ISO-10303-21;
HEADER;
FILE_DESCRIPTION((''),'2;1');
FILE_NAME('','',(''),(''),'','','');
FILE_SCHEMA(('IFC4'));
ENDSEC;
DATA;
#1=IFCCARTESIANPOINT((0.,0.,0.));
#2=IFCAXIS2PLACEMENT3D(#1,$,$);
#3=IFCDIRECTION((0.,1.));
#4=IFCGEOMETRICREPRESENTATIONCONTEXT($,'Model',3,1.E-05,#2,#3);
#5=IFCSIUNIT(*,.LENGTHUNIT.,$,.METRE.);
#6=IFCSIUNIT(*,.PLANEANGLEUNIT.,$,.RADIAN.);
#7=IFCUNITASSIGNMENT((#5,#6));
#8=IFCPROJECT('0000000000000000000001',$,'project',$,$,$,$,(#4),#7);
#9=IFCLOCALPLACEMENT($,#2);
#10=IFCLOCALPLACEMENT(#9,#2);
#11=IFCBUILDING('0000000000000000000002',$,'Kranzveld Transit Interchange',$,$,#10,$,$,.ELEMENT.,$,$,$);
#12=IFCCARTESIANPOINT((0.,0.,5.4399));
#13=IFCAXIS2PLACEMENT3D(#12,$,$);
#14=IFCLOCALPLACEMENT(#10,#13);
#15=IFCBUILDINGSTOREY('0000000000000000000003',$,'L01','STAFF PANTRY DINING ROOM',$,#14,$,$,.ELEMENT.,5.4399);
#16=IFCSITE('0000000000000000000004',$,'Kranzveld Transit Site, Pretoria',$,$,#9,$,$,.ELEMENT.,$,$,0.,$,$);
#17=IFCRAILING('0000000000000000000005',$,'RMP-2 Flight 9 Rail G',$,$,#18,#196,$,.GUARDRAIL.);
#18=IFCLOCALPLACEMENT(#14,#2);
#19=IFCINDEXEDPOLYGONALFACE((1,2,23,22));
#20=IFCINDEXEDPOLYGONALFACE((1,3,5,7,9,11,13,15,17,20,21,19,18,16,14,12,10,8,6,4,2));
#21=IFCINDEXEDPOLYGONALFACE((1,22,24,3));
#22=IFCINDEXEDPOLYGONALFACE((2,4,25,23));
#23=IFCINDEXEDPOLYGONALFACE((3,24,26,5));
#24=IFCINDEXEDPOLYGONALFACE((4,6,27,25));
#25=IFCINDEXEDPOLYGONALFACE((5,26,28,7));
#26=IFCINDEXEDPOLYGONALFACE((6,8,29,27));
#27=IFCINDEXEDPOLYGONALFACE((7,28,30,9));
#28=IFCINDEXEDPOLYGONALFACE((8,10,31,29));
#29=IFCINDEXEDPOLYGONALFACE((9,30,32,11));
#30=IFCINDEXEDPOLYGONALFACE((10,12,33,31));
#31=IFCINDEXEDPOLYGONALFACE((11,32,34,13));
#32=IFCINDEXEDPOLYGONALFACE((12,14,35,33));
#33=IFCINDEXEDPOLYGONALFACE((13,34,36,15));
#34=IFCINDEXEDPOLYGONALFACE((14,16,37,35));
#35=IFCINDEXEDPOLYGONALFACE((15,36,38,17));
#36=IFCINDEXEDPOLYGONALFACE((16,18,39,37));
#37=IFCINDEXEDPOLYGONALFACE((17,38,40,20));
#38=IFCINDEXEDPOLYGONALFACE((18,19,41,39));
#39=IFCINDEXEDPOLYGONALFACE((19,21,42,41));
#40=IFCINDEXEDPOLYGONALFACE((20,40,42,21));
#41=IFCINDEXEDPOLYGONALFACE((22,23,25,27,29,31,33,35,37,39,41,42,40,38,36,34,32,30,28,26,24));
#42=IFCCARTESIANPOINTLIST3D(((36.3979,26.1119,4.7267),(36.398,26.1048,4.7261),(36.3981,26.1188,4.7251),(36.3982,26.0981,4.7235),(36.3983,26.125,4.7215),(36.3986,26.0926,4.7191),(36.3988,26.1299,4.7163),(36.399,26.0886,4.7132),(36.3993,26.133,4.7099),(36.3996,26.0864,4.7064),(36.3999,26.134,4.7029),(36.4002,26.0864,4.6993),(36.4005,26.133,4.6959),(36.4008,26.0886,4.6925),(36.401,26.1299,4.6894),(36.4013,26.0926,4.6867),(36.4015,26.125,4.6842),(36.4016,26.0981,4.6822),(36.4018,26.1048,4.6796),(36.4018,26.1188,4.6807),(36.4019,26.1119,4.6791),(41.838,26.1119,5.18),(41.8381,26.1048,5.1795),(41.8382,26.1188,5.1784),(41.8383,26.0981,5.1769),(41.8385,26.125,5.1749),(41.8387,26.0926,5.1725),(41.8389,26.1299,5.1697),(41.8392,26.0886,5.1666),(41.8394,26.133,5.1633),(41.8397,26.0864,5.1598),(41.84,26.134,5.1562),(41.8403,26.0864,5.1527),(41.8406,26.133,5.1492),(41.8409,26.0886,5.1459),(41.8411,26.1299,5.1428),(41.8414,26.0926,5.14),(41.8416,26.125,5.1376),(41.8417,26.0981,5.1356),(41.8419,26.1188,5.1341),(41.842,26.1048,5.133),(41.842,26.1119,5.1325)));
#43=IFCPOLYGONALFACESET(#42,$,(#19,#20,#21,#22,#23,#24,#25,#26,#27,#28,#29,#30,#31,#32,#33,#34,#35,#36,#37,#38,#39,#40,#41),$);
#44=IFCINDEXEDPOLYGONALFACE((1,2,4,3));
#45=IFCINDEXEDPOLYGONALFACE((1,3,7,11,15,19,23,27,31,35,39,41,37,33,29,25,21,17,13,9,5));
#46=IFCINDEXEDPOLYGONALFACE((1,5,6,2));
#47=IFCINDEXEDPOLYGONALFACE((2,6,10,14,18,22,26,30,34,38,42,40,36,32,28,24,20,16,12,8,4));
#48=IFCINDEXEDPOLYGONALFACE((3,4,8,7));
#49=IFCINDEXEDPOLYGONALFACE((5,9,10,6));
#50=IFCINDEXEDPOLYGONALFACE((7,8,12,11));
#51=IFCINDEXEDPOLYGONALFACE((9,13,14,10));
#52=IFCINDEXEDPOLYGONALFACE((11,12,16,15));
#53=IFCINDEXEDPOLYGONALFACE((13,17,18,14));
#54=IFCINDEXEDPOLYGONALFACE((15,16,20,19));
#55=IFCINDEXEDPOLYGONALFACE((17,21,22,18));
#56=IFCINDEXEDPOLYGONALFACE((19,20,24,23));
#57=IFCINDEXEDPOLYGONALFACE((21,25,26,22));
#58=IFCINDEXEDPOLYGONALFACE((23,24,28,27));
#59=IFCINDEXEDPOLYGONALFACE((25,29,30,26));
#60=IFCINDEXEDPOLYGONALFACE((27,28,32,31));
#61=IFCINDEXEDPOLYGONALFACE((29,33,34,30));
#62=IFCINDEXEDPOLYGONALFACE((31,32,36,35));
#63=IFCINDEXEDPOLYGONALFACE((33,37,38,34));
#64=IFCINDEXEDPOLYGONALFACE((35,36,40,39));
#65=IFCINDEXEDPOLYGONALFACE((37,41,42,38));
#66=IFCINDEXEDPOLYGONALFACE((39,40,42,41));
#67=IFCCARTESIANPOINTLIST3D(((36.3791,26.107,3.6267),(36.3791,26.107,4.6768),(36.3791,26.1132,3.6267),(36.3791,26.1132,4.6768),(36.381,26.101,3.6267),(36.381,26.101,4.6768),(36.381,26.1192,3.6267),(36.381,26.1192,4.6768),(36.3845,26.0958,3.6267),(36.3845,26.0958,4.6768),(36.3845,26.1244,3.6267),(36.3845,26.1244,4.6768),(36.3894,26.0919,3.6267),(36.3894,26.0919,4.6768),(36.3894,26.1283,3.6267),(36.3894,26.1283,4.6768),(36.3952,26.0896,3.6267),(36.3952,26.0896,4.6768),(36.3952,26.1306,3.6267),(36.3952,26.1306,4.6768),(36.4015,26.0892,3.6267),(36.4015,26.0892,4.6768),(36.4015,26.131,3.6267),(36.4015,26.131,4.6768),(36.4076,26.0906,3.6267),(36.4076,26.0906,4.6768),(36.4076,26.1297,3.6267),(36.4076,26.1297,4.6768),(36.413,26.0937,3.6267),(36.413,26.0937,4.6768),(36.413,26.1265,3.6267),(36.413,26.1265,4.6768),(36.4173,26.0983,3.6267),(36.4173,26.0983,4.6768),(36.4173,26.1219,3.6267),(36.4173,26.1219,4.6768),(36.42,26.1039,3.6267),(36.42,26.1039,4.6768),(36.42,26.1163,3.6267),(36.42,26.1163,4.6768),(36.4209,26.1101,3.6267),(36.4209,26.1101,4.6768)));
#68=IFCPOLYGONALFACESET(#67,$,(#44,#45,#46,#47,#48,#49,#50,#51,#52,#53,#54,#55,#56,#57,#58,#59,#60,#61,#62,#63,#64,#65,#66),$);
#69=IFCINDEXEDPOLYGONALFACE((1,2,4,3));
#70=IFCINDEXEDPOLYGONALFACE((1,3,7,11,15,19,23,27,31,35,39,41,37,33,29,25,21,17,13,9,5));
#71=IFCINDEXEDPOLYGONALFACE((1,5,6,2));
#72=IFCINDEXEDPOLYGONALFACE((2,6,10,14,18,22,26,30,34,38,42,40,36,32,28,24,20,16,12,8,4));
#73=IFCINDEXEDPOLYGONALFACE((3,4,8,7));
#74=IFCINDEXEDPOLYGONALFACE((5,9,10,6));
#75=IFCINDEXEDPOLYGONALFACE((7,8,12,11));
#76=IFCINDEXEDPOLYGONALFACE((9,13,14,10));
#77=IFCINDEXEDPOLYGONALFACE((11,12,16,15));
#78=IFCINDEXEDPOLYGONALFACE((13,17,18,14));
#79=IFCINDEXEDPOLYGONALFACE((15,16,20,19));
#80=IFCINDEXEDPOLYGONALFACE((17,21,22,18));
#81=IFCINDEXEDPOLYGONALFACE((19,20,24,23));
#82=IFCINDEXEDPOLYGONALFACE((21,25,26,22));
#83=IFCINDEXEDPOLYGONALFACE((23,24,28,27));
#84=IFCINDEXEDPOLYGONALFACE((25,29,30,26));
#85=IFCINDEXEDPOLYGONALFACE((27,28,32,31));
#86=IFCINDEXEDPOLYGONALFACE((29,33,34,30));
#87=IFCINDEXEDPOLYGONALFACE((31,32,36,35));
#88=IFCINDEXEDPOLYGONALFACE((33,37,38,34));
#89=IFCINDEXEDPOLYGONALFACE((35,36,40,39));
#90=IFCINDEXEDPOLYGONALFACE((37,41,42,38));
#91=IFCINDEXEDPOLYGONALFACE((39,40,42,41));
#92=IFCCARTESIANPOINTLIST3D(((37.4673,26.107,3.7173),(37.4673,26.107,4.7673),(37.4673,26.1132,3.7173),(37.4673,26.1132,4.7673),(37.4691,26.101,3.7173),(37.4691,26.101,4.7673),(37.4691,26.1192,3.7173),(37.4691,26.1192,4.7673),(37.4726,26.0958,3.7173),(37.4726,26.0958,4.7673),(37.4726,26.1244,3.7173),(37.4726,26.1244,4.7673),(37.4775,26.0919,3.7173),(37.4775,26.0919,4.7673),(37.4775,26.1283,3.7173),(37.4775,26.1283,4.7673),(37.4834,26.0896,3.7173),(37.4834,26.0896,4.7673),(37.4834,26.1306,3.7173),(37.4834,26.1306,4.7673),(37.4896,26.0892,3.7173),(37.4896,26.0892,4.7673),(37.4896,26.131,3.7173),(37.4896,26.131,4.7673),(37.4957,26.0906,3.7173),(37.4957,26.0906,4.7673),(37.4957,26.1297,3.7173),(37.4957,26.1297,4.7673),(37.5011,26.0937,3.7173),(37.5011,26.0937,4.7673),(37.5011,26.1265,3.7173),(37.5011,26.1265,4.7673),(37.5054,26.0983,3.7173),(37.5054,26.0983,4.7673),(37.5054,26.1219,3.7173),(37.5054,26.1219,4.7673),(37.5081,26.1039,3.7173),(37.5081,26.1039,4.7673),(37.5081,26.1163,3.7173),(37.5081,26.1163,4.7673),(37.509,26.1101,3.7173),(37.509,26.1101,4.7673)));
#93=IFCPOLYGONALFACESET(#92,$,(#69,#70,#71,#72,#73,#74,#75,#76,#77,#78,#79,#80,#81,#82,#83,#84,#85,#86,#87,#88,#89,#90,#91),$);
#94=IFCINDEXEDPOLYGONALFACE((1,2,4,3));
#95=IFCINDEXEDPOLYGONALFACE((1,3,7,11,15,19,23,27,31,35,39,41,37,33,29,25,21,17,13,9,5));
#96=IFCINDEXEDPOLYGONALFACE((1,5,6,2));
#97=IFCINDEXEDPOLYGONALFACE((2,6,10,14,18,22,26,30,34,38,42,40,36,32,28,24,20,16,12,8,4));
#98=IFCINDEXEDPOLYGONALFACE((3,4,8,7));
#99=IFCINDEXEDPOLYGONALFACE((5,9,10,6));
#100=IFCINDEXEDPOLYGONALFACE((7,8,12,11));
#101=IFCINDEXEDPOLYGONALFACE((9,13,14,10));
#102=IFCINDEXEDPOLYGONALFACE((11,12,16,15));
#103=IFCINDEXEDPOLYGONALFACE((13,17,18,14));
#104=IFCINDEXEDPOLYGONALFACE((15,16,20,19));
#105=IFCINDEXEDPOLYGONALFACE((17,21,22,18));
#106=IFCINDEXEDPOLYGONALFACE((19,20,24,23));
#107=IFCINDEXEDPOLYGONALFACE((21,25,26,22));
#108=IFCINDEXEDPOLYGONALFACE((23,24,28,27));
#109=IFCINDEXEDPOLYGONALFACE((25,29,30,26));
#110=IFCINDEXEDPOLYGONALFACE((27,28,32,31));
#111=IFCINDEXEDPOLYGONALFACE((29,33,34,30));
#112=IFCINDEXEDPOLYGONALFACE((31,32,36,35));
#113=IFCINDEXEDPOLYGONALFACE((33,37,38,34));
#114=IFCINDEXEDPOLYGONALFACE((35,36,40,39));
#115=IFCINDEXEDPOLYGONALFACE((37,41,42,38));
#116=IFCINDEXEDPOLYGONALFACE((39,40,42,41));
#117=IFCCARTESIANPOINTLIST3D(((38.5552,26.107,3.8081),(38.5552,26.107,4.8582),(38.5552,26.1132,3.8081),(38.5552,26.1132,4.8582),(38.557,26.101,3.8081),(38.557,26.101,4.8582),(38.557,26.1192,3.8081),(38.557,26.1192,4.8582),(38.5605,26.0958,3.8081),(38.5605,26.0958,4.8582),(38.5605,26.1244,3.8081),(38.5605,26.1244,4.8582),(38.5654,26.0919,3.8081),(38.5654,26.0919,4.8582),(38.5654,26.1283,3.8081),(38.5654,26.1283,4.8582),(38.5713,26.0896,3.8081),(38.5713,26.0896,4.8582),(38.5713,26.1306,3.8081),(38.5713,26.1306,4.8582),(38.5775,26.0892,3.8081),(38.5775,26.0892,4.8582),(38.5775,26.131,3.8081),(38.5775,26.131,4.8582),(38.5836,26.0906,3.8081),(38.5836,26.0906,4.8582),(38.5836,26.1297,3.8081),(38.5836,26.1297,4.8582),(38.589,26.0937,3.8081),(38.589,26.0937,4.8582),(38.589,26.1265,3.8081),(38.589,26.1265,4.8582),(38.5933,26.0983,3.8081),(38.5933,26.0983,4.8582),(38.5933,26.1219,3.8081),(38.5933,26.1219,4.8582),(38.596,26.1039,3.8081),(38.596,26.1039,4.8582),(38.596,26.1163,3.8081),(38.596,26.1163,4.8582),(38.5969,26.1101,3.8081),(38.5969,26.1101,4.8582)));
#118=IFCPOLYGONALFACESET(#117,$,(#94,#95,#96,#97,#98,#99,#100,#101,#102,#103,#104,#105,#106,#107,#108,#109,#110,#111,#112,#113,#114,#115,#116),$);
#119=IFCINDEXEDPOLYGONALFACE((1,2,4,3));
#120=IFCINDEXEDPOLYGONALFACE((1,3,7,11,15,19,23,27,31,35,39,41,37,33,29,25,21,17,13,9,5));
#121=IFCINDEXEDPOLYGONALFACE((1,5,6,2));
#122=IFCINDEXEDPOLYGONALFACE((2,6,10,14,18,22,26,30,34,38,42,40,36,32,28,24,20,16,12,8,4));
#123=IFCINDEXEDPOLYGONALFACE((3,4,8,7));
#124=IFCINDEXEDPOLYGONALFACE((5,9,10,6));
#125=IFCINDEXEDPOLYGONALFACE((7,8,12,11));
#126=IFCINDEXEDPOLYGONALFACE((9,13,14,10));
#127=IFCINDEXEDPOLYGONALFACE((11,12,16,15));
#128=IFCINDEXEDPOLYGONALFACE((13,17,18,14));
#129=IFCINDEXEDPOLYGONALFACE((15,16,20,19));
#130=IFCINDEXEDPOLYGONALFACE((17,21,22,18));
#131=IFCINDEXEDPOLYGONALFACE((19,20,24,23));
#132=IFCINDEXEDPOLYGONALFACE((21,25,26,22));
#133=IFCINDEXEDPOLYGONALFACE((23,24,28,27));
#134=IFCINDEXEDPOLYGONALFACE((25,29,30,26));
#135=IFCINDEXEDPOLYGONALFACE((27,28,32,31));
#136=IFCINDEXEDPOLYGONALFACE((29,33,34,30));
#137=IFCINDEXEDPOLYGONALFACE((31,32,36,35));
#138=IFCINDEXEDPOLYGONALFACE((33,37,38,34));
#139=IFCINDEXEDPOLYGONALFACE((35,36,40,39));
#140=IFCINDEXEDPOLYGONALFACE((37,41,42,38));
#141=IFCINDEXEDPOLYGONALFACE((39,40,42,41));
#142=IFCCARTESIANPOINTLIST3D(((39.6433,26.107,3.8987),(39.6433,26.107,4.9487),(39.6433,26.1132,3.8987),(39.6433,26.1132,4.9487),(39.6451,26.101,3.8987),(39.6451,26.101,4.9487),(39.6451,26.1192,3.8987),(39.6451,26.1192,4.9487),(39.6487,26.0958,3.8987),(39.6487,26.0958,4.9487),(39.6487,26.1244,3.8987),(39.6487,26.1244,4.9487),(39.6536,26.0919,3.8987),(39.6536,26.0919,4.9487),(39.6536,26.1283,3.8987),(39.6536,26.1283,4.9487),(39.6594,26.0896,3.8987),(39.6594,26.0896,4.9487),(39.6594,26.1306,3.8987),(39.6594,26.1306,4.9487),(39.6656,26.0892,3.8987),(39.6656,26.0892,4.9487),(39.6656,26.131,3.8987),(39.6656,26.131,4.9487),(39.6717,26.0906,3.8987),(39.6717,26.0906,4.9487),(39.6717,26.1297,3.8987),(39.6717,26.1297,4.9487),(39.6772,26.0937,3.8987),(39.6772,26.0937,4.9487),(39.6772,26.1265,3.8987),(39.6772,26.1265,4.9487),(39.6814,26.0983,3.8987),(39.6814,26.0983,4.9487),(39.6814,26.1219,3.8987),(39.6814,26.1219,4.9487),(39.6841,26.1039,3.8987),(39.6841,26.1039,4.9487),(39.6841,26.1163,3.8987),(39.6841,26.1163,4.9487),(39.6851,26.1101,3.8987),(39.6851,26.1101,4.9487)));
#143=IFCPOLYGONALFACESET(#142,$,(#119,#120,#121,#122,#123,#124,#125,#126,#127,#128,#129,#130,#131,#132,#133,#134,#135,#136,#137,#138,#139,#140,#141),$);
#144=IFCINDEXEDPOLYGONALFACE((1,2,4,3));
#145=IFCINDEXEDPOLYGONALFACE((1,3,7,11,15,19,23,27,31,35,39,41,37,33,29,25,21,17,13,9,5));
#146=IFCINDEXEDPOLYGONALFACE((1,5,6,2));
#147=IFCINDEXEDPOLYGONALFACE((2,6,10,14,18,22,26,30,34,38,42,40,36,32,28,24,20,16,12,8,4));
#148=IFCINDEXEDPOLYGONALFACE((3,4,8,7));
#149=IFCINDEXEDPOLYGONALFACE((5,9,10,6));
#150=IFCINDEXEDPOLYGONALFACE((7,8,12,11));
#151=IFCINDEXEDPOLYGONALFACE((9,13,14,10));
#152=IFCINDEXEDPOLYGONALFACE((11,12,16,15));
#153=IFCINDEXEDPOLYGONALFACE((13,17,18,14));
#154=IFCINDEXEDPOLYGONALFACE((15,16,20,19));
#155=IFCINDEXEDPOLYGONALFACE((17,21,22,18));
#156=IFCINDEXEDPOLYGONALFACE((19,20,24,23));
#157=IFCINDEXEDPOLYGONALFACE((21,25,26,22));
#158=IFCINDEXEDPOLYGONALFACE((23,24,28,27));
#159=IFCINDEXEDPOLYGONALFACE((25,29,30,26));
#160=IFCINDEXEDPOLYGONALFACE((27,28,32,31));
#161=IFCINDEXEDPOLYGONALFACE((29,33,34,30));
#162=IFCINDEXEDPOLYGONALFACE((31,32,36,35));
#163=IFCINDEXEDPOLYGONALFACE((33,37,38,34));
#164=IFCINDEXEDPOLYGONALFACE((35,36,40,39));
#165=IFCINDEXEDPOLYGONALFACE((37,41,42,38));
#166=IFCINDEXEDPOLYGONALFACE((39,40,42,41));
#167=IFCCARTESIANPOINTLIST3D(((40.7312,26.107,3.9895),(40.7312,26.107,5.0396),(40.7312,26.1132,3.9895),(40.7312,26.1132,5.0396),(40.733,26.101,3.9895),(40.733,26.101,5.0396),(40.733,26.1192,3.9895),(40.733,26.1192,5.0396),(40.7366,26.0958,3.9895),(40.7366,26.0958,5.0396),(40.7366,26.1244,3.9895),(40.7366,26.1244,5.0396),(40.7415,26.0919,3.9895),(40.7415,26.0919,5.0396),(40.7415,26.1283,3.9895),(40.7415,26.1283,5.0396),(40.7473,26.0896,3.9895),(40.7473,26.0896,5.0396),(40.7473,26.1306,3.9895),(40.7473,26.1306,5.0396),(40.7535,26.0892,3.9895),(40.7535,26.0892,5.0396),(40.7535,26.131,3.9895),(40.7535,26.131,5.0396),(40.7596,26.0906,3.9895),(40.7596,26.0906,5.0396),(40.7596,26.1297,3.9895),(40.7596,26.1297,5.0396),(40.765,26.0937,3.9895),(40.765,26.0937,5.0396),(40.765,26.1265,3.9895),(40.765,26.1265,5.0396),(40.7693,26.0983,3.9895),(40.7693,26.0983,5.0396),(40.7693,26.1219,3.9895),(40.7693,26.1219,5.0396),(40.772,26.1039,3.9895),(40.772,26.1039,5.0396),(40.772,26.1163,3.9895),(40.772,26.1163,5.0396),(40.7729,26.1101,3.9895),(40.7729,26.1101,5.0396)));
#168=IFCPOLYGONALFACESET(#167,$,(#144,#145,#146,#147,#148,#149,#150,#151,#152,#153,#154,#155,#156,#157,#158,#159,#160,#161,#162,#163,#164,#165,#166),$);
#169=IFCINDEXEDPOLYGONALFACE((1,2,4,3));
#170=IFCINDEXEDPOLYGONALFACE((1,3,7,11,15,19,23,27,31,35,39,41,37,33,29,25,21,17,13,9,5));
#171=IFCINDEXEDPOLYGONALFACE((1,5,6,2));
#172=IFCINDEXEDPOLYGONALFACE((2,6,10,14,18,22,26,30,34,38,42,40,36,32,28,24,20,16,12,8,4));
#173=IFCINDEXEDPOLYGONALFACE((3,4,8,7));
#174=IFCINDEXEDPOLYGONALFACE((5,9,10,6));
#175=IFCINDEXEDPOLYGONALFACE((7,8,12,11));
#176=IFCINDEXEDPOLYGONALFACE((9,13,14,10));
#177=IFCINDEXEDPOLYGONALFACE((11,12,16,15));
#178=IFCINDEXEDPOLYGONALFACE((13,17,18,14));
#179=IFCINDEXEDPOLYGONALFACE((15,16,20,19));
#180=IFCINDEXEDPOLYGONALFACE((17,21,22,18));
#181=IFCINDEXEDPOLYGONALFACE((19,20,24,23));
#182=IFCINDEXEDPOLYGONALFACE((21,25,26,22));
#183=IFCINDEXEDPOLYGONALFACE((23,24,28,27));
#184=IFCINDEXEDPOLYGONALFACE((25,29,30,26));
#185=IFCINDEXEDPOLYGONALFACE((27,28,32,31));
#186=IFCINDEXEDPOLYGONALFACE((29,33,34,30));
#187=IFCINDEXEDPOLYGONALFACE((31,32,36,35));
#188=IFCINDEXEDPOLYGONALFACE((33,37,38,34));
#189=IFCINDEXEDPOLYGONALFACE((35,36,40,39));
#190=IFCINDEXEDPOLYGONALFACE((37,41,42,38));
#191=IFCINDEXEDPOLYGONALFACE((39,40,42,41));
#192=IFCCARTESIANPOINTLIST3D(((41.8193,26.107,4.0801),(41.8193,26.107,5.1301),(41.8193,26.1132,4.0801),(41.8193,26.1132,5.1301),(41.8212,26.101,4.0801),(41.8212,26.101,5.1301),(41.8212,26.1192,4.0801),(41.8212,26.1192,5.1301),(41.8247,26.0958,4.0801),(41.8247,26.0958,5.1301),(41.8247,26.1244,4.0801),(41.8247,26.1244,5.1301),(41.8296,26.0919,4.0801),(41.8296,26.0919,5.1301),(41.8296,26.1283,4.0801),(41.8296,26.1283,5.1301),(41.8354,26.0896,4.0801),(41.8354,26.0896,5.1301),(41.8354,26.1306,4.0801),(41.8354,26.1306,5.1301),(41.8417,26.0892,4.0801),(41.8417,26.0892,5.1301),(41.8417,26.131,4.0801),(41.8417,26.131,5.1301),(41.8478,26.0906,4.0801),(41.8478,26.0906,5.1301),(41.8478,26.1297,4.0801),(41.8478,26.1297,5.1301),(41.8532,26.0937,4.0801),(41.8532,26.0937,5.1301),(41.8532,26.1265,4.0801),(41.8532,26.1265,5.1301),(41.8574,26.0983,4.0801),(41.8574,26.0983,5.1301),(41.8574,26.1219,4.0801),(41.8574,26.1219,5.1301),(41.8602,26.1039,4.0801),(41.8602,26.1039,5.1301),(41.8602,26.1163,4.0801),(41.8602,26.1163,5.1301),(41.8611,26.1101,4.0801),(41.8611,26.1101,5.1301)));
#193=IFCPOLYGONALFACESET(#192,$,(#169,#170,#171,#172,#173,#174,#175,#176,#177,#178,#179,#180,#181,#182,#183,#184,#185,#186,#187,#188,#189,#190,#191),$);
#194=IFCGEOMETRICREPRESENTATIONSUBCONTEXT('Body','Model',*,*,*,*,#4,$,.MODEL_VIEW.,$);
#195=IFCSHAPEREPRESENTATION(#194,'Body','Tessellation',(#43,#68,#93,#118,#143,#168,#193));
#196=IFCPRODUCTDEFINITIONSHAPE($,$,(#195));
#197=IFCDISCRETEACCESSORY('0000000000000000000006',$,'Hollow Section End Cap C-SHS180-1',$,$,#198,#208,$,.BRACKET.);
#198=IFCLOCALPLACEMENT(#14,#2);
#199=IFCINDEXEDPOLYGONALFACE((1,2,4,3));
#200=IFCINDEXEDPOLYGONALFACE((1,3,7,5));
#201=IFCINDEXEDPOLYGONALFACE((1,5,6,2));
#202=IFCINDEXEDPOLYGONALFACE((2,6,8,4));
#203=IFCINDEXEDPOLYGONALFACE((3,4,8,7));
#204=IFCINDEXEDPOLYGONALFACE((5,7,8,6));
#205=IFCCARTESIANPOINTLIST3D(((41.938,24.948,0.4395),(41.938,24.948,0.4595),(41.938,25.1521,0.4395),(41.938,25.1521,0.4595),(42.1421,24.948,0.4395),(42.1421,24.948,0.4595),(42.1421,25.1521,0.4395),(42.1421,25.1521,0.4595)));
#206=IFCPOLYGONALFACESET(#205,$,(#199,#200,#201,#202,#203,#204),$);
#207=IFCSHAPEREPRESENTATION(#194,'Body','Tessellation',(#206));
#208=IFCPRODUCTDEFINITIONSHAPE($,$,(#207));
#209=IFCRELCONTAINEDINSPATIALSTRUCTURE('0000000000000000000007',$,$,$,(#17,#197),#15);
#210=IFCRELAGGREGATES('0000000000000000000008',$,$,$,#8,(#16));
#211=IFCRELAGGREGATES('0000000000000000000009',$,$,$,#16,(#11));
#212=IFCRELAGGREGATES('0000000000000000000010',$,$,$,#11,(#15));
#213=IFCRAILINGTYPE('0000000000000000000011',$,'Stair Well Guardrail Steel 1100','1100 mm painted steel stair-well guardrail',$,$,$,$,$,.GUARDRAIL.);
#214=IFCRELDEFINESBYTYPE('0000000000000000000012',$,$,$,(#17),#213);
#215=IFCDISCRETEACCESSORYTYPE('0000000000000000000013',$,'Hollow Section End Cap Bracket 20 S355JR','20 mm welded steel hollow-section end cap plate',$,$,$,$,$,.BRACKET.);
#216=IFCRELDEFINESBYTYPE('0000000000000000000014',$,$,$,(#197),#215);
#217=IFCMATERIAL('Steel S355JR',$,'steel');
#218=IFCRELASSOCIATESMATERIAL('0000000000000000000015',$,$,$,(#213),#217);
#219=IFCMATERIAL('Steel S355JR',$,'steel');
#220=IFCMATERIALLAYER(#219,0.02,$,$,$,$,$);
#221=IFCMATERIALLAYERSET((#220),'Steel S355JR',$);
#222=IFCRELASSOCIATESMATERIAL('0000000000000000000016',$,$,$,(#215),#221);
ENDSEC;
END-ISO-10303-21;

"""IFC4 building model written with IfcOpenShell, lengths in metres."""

from ifc_helpers import new_model, si_unit, direction, frame, origin, origin_2d, place, context, subcontext, project, spatial, rectangle, circle, extrude, material, layer, layer_set, type_object, element, save


model = new_model("IFC4")

# Units and contexts
model_context = context("Model", 3, precision=1e-05, world=origin(), true_north=direction((0.0, 1.0)))
body_context = subcontext(model_context, "Body", "Model", "MODEL_VIEW")
ifc_project = project(units=[si_unit("LENGTHUNIT", "METRE"), si_unit("PLANEANGLEUNIT", "RADIAN")], contexts=[model_context])

# Site, building, storey
site_placement = place(None, origin())
site = spatial("IfcSite", under=ifc_project, at=site_placement, Name="Kranzveld Transit Site, Pretoria", CompositionType="ELEMENT", RefElevation=0.0)
building_placement = place(site_placement, origin())
building = spatial("IfcBuilding", under=site, at=building_placement, Name="Kranzveld Transit Interchange", CompositionType="ELEMENT")
storey_placement = place(building_placement, frame((0.0, 0.0, 5.4399)))
storey = spatial("IfcBuildingStorey", under=building, at=storey_placement, Name="L01", Description="STAFF PANTRY DINING ROOM", CompositionType="ELEMENT", Elevation=5.4399)

# Railing
ifc_material_1 = material(Name="Steel S355JR", Category="steel")
railing_type_1 = type_object("IfcRailingType", Name="Stair Well Guardrail Steel 1100", Description="1100 mm painted steel stair-well guardrail", PredefinedType="GUARDRAIL", material=ifc_material_1)
for number, where, name in (
    (1, (36.3999, 26.1101, 3.6267), "RMP-2 Flight 9 Rail G"),
):
    element("IfcRailing", number, at=place(storey_placement, frame(where)), inside=storey, type_object=railing_type_1, Name=name, PredefinedType="GUARDRAIL", context=body_context, shape_type="SweptSolid", body=[
        extrude(circle(Radius=0.0239, at=origin_2d()), frame((0.0, 0.0, 1.0762), z_axis=(0.996545, 0.0, 0.083049), x_axis=(0.0, 1.0, 0.0)), (0.0, 0.0, 1.0), 5.459),
        extrude(circle(Radius=0.021, at=origin_2d()), origin(), (0.0, 0.0, 1.0), 1.05),
        extrude(circle(Radius=0.021, at=origin_2d()), frame((1.0881, 0.0, 0.0906)), (0.0, 0.0, 1.0), 1.05),
        extrude(circle(Radius=0.021, at=origin_2d()), frame((2.176, 0.0, 0.1814)), (0.0, 0.0, 1.0), 1.05),
        extrude(circle(Radius=0.021, at=origin_2d()), frame((3.2642, 0.0, 0.272)), (0.0, 0.0, 1.0), 1.05),
        extrude(circle(Radius=0.021, at=origin_2d()), frame((4.3521, 0.0, 0.3628)), (0.0, 0.0, 1.0), 1.05),
        extrude(circle(Radius=0.021, at=origin_2d()), frame((5.4402, 0.0, 0.4534)), (0.0, 0.0, 1.0), 1.05),
    ])

# Discrete accessory
ifc_material_2 = material(Name="Steel S355JR", Category="steel")
ifc_layer_1 = layer(ifc_material_2, 0.02)
ifc_layer_set_1 = layer_set([ifc_layer_1], Name="Steel S355JR")
discrete_accessory_type = type_object("IfcDiscreteAccessoryType", Name="Hollow Section End Cap Bracket 20 S355JR", Description="20 mm welded steel hollow-section end cap plate", PredefinedType="BRACKET", material=ifc_layer_set_1)
for number, where, z_axis, x_axis, name in (
    (2, (42.04, 25.05, 0.4595), (0.0, 0.0, -1.0), (1.0, 0.0, 0.0), "Hollow Section End Cap C-SHS180-1"),
):
    element("IfcDiscreteAccessory", number, at=place(storey_placement, frame(where, z_axis=z_axis, x_axis=x_axis)), inside=storey, type_object=discrete_accessory_type, Name=name, PredefinedType="BRACKET", context=body_context, shape_type="SweptSolid", body=[
        extrude(rectangle(XDim=0.2041, YDim=0.2041, at=origin_2d()), origin(), (0.0, 0.0, 1.0), 0.02),
    ])

save(model, "model.ifc")
